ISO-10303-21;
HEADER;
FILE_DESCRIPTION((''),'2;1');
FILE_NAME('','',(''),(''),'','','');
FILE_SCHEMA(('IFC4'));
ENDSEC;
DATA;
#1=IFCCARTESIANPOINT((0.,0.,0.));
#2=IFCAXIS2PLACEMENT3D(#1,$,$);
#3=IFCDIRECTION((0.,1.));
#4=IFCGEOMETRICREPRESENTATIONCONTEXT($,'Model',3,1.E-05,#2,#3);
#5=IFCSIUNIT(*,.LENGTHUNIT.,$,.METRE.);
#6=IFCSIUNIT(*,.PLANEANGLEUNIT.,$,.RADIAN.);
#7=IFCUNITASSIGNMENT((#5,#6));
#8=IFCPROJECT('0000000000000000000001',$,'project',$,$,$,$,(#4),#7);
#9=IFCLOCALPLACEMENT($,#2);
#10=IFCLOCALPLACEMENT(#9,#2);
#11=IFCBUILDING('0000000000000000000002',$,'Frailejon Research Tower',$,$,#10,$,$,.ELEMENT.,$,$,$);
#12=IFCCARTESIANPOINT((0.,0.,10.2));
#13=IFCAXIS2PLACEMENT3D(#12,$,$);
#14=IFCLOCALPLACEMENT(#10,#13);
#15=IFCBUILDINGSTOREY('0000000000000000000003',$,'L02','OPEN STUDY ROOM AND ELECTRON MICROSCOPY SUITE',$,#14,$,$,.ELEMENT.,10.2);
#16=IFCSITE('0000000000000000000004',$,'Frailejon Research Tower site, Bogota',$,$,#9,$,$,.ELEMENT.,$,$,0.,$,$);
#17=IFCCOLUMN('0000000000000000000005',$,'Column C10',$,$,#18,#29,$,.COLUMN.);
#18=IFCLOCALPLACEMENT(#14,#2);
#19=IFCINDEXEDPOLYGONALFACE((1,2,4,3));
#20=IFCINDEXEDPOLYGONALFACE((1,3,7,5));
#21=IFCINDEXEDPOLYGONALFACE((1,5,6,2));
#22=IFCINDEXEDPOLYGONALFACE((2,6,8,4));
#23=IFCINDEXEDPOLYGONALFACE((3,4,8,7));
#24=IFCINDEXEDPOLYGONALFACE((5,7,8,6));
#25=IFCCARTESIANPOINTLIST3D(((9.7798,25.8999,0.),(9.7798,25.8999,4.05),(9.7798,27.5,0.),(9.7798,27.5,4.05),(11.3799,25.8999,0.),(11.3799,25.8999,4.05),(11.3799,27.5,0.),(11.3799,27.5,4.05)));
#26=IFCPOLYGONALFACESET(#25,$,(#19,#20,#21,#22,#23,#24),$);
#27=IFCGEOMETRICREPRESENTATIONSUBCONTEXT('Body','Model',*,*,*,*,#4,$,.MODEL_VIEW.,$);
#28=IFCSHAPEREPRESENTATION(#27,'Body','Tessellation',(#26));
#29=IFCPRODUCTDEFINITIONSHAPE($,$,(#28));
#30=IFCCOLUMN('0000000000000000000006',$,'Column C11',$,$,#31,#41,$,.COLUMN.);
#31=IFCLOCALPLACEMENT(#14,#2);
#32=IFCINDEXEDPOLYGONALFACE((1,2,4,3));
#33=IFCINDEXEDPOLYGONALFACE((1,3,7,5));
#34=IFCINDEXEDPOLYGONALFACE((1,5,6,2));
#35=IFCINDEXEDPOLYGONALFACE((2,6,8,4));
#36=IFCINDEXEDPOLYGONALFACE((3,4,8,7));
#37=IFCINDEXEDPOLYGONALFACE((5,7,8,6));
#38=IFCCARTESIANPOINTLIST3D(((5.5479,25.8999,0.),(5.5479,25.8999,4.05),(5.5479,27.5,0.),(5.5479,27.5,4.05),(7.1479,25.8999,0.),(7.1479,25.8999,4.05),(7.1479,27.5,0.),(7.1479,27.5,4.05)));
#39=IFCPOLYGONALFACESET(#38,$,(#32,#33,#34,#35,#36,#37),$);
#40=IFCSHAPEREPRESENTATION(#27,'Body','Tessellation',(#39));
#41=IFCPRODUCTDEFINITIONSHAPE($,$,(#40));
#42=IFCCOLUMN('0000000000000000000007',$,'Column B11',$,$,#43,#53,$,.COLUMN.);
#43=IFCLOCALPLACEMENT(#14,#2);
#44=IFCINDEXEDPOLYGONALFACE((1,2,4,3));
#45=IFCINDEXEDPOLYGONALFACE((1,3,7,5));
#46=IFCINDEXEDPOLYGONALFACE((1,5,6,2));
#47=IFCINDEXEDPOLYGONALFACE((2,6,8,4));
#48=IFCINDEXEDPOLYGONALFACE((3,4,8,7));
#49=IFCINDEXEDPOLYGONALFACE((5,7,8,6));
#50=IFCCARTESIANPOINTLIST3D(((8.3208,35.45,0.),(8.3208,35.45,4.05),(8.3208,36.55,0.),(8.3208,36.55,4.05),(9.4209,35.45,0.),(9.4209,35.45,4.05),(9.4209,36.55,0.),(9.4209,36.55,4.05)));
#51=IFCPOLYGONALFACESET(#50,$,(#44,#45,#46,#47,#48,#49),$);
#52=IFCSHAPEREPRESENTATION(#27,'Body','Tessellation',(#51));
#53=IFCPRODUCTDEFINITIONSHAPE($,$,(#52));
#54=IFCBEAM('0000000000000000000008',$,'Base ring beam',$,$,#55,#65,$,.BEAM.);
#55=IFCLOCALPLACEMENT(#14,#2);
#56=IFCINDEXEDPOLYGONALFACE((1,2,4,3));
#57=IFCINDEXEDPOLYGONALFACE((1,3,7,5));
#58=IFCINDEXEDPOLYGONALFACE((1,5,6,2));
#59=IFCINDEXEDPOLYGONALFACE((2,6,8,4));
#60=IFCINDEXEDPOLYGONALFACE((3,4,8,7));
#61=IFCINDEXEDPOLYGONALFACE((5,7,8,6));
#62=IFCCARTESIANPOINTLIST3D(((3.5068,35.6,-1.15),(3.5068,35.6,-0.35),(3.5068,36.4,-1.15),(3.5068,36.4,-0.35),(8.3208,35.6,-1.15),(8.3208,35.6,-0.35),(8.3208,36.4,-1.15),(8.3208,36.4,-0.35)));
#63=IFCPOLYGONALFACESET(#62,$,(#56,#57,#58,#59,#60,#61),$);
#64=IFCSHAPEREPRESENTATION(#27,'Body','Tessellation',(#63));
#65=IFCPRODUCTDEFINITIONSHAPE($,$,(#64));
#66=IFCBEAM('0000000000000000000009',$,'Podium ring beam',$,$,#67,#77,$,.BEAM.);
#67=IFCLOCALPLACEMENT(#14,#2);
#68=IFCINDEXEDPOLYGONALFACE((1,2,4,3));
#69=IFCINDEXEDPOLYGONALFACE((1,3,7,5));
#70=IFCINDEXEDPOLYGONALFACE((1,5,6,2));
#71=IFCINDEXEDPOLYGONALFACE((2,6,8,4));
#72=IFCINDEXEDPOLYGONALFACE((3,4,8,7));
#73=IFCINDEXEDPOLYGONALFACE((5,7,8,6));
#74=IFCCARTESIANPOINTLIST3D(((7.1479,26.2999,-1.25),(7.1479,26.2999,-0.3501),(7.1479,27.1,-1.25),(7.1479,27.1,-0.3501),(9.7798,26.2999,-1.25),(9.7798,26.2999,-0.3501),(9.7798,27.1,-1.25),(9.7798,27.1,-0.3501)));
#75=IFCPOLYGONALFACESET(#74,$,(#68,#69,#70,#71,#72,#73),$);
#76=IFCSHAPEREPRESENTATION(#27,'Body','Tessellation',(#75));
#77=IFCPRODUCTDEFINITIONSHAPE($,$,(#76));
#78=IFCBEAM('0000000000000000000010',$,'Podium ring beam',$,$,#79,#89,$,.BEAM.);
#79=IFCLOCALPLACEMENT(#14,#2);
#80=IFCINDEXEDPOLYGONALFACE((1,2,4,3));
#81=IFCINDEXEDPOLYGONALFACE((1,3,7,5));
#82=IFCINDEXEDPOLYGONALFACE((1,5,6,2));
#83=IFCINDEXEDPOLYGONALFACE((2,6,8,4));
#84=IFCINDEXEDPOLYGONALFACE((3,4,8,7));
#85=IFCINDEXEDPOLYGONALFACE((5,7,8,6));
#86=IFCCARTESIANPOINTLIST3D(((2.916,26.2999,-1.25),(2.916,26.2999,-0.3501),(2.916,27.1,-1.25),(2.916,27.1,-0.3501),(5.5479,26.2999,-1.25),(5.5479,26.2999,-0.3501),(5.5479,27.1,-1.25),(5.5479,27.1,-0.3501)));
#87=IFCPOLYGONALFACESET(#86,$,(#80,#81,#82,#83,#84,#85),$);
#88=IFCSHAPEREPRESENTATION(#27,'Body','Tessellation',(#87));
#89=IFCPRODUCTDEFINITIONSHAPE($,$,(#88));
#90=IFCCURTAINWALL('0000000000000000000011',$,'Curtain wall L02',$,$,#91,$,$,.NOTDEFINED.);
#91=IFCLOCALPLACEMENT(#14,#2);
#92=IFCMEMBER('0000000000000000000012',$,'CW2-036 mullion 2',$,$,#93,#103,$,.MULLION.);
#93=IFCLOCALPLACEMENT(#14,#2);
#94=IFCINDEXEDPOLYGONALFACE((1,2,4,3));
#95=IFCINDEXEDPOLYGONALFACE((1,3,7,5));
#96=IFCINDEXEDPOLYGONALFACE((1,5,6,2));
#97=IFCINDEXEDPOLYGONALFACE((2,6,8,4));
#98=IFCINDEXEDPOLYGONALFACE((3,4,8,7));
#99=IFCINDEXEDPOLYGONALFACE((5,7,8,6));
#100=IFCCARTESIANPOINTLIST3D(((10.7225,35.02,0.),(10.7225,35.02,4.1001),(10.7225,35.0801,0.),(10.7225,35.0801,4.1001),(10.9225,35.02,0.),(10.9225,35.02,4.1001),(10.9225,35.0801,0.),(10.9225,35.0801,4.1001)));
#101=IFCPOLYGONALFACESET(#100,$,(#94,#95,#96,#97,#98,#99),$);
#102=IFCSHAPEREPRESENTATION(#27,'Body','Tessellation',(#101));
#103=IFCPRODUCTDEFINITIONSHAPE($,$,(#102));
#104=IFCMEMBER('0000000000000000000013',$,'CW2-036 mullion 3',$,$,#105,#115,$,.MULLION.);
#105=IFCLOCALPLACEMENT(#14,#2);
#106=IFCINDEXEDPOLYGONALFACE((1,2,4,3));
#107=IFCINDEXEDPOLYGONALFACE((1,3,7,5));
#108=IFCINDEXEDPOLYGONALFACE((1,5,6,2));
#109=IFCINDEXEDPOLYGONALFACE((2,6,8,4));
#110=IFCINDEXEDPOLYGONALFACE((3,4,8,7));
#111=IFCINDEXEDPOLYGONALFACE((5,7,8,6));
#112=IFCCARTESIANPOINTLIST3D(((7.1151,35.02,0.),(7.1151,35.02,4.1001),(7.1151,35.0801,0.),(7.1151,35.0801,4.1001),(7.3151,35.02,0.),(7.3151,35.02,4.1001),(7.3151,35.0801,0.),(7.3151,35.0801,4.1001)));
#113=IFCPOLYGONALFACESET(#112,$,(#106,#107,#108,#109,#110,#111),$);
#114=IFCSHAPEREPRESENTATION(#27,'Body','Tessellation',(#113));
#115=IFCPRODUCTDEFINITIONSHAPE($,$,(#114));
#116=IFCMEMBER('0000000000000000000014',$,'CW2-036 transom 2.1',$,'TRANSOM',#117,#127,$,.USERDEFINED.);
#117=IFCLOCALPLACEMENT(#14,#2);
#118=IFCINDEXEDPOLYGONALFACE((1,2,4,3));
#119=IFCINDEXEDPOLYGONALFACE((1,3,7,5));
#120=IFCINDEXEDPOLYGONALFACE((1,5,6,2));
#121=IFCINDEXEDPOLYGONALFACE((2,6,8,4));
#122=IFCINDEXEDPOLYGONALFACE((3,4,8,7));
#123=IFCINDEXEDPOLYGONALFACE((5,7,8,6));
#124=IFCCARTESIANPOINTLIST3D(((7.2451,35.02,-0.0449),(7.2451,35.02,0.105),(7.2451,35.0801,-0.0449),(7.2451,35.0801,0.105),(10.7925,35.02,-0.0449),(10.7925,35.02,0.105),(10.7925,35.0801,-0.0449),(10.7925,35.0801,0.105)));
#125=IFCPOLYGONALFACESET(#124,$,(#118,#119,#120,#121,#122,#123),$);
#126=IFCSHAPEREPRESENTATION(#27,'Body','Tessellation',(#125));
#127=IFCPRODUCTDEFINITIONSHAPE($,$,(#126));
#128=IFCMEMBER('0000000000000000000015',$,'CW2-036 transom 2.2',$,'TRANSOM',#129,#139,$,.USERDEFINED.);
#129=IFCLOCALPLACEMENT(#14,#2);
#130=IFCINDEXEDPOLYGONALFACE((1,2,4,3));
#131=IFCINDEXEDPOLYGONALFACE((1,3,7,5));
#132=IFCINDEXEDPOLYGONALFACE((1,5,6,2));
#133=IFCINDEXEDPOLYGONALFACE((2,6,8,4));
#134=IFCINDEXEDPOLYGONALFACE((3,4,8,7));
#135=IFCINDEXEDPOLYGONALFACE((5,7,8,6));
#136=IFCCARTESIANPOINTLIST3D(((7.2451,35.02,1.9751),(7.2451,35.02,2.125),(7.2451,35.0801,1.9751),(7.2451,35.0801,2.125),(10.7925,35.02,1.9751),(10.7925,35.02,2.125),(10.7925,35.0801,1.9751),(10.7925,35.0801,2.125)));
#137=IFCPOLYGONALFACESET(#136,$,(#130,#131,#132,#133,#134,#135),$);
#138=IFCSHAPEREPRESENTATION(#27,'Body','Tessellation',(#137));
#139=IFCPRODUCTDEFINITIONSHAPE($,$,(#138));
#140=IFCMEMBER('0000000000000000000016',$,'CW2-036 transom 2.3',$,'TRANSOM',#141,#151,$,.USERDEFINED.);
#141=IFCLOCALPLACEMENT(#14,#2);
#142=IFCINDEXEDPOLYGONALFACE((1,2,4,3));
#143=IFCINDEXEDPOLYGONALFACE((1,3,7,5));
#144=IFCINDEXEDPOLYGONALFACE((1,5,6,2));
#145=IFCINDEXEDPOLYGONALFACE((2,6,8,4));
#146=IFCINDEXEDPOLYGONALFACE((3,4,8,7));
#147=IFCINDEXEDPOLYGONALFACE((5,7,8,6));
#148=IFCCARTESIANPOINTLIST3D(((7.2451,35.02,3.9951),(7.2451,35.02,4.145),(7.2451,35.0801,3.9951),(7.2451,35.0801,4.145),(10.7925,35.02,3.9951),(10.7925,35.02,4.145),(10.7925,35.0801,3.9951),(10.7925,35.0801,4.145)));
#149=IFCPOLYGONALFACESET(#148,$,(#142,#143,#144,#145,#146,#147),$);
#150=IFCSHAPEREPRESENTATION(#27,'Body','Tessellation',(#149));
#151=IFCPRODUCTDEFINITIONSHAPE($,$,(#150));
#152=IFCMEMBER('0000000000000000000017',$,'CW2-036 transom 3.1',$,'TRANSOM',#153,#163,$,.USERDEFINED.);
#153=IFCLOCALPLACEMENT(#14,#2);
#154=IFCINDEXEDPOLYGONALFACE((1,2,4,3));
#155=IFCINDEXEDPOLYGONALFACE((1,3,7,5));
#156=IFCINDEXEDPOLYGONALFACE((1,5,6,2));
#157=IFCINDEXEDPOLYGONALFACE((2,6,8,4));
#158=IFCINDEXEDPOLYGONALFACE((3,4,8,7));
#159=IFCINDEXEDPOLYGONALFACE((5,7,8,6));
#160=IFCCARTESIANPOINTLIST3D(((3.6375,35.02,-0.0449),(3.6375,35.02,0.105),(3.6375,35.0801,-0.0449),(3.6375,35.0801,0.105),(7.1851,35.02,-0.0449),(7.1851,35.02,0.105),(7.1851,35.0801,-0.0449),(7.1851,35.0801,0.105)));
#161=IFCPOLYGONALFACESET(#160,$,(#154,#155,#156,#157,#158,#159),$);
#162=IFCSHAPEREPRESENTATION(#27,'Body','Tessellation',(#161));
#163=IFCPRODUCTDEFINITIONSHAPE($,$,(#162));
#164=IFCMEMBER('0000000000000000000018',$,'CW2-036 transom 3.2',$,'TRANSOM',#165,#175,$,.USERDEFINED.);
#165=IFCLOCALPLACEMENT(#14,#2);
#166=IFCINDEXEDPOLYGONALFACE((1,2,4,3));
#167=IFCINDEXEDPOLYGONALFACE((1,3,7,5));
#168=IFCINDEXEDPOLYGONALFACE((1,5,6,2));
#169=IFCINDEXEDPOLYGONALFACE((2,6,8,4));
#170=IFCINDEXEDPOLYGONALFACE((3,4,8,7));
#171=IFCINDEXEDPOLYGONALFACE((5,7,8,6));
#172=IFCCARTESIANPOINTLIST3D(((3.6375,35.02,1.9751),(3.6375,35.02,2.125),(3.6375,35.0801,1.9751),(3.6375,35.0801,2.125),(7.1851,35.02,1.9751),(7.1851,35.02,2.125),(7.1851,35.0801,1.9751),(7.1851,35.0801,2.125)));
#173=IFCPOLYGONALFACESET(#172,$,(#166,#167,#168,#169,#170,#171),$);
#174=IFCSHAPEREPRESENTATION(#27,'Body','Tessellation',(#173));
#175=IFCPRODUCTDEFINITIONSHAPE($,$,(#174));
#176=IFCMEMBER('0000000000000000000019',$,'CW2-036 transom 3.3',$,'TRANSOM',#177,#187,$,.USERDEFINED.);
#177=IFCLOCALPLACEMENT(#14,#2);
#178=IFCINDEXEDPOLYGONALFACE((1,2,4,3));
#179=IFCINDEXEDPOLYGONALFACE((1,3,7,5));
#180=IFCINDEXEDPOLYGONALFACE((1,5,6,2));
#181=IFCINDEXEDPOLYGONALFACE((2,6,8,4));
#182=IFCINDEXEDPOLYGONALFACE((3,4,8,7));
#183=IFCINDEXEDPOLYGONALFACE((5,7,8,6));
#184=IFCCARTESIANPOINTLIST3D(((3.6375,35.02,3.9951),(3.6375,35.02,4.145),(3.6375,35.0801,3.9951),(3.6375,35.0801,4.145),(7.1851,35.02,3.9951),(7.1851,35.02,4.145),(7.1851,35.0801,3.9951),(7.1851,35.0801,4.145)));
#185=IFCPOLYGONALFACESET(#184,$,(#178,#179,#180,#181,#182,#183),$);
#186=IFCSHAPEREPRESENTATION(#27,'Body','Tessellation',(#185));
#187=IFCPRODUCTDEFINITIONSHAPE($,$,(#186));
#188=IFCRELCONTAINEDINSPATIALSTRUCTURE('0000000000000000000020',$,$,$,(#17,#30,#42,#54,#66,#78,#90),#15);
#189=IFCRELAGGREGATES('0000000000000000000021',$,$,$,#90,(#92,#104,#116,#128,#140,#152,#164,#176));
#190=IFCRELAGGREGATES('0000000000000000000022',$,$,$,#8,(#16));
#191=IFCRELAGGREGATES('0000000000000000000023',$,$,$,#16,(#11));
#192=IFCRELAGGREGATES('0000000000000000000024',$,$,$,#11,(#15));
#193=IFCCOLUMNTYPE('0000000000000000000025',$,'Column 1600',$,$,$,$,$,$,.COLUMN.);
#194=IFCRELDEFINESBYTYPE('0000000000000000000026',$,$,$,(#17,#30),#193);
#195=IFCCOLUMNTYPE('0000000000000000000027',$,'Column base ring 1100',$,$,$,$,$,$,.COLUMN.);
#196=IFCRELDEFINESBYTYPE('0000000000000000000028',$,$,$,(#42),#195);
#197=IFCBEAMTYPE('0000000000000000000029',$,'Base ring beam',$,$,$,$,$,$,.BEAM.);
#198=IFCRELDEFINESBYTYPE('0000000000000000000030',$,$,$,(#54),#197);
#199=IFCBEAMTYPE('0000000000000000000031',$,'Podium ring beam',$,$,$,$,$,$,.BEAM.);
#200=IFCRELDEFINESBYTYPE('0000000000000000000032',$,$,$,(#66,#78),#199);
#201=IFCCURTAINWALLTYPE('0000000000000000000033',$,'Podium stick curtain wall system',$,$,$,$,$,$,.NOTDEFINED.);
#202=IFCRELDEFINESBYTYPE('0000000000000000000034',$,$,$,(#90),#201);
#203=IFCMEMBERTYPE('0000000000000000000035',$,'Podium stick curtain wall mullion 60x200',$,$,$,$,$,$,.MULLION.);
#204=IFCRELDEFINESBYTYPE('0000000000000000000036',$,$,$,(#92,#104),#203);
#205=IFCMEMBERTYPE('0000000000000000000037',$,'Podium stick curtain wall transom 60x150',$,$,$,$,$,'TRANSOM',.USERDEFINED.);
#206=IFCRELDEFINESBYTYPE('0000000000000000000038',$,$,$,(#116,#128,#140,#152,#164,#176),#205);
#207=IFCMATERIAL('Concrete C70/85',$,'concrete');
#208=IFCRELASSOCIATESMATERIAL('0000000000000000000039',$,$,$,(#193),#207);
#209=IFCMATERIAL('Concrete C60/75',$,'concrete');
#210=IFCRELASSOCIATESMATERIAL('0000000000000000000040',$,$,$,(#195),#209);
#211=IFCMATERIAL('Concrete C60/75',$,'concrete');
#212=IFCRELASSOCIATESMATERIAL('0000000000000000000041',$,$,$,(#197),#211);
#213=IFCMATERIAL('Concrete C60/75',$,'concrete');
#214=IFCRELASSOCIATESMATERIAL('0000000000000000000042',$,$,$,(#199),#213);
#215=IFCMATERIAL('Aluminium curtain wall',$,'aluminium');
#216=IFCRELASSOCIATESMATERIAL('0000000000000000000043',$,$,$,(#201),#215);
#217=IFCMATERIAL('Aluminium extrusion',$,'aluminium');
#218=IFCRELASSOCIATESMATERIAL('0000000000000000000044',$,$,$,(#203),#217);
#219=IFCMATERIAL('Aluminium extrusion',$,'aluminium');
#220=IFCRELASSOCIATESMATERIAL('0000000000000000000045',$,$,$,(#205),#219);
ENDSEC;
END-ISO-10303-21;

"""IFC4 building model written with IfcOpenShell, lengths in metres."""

from ifc_helpers import new_model, si_unit, direction, frame, origin, origin_2d, place, context, subcontext, project, spatial, rectangle, extrude, material, material_profile, profile_set, type_object, element, aggregate, save


model = new_model("IFC4")

# Units and contexts
model_context = context("Model", 3, precision=1e-05, world=origin(), true_north=direction((0.0, 1.0)))
body_context = subcontext(model_context, "Body", "Model", "MODEL_VIEW")
ifc_project = project(units=[si_unit("LENGTHUNIT", "METRE"), si_unit("PLANEANGLEUNIT", "RADIAN")], contexts=[model_context])

# Site, building, storey
site_placement = place(None, origin())
site = spatial("IfcSite", under=ifc_project, at=site_placement, Name="Frailejon Research Tower site, Bogota", CompositionType="ELEMENT", RefElevation=0.0)
building_placement = place(site_placement, origin())
building = spatial("IfcBuilding", under=site, at=building_placement, Name="Frailejon Research Tower", CompositionType="ELEMENT")
storey_placement = place(building_placement, frame((0.0, 0.0, 10.2)))
storey = spatial("IfcBuildingStorey", under=building, at=storey_placement, Name="L02", Description="OPEN STUDY ROOM AND ELECTRON MICROSCOPY SUITE", CompositionType="ELEMENT", Elevation=10.2)

# Columns
ifc_material_1 = material(Name="Concrete C70/85", Category="concrete")
ifc_material_profile_1 = material_profile(ifc_material_1, rectangle(XDim=1.6001, YDim=1.6001, at=origin_2d()), Name="Column 1600")
ifc_profile_set_1 = profile_set([ifc_material_profile_1], Name="Concrete C70/85")
column_type_1 = type_object("IfcColumnType", Name="Column 1600", PredefinedType="COLUMN", material=ifc_profile_set_1)
for number, where, z_axis, x_axis, name in (
    (1, (10.5798, 26.7, 0.0), (0.0, 0.0, 1.0), (-1.0, 0.0, 0.0), "Column C10"),
    (2, (6.3479, 26.7, 0.0), (0.0, 0.0, 1.0), (-1.0, 0.0, 0.0), "Column C11"),
):
    element("IfcColumn", number, at=place(storey_placement, frame(where, z_axis=z_axis, x_axis=x_axis)), inside=storey, type_object=column_type_1, Name=name, PredefinedType="COLUMN", context=body_context, shape_type="SweptSolid", body=[
        extrude(rectangle(XDim=1.6001, YDim=1.6001, at=origin_2d()), origin(), (0.0, 0.0, 1.0), 4.05),
    ])
ifc_material_2 = material(Name="Concrete C60/75", Category="concrete")
ifc_material_profile_2 = material_profile(ifc_material_2, rectangle(XDim=1.1001, YDim=1.1001, at=origin_2d()), Name="Column base ring 1100")
ifc_profile_set_2 = profile_set([ifc_material_profile_2], Name="Concrete C60/75")
column_type_2 = type_object("IfcColumnType", Name="Column base ring 1100", PredefinedType="COLUMN", material=ifc_profile_set_2)
column_placement = place(storey_placement, frame((8.8708, 36.0, 0.0), z_axis=(0.0, 0.0, 1.0), x_axis=(-1.0, 0.0, 0.0)))
element("IfcColumn", 3, at=column_placement, inside=storey, type_object=column_type_2, Name="Column B11", PredefinedType="COLUMN", context=body_context, shape_type="SweptSolid", body=[
    extrude(rectangle(XDim=1.1001, YDim=1.1001, at=origin_2d()), origin(), (0.0, 0.0, 1.0), 4.05),
])

# Beams
ifc_material_3 = material(Name="Concrete C60/75", Category="concrete")
ifc_material_profile_3 = material_profile(ifc_material_3, rectangle(XDim=0.8, YDim=0.8, at=origin_2d()), Name="Base ring beam")
ifc_profile_set_3 = profile_set([ifc_material_profile_3], Name="Concrete C60/75")
beam_type_1 = type_object("IfcBeamType", Name="Base ring beam", PredefinedType="BEAM", material=ifc_profile_set_3)
beam_placement = place(storey_placement, frame((8.3208, 36.0, -0.75), z_axis=(-1.0, 0.0, 0.0), x_axis=(0.0, -1.0, 0.0)))
element("IfcBeam", 4, at=beam_placement, inside=storey, type_object=beam_type_1, Name="Base ring beam", PredefinedType="BEAM", context=body_context, shape_type="SweptSolid", body=[
    extrude(rectangle(XDim=0.8, YDim=0.8, at=origin_2d()), origin(), (0.0, 0.0, 1.0), 4.814),
])
ifc_material_4 = material(Name="Concrete C60/75", Category="concrete")
ifc_material_profile_4 = material_profile(ifc_material_4, rectangle(XDim=0.8, YDim=0.8999, at=origin_2d()), Name="Podium ring beam")
ifc_profile_set_4 = profile_set([ifc_material_profile_4], Name="Concrete C60/75")
beam_type_2 = type_object("IfcBeamType", Name="Podium ring beam", PredefinedType="BEAM", material=ifc_profile_set_4)
for number, where, z_axis, x_axis, name in (
    (5, (9.7798, 26.7, -0.8), (-1.0, 0.0, 0.0), (0.0, -1.0, 0.0), "Podium ring beam"),
    (6, (5.5479, 26.7, -0.8), (-1.0, 0.0, 0.0), (0.0, -1.0, 0.0), "Podium ring beam"),
):
    element("IfcBeam", number, at=place(storey_placement, frame(where, z_axis=z_axis, x_axis=x_axis)), inside=storey, type_object=beam_type_2, Name=name, PredefinedType="BEAM", context=body_context, shape_type="SweptSolid", body=[
        extrude(rectangle(XDim=0.8, YDim=0.8999, at=origin_2d()), origin(), (0.0, 0.0, 1.0), 2.6318),
    ])

# Curtain wall, members
ifc_material_5 = material(Name="Aluminium curtain wall", Category="aluminium")
curtain_wall_type = type_object("IfcCurtainWallType", Name="Podium stick curtain wall system", PredefinedType="NOTDEFINED", material=ifc_material_5)
curtain_wall_placement = place(storey_placement, origin())
curtain_wall = element("IfcCurtainWall", 7, at=curtain_wall_placement, inside=storey, type_object=curtain_wall_type, Name="Curtain wall L02", PredefinedType="NOTDEFINED")
ifc_material_6 = material(Name="Aluminium extrusion", Category="aluminium")
ifc_material_profile_5 = material_profile(ifc_material_6, rectangle(XDim=0.0601, YDim=0.2, at=origin_2d()), Name="Podium stick curtain wall mullion 60x200")
ifc_profile_set_5 = profile_set([ifc_material_profile_5], Name="Aluminium extrusion")
member_type_1 = type_object("IfcMemberType", Name="Podium stick curtain wall mullion 60x200", PredefinedType="MULLION", material=ifc_profile_set_5)
member_1_placement = place(storey_placement, frame((10.8225, 35.05, 0.0), z_axis=(0.0, 0.0, 1.0), x_axis=(0.0, -1.0, 0.0)))
member_1 = element("IfcMember", 8, at=member_1_placement, type_object=member_type_1, Name="CW2-036 mullion 2", PredefinedType="MULLION", context=body_context, shape_type="SweptSolid", body=[
    extrude(rectangle(XDim=0.0601, YDim=0.2, at=origin_2d()), origin(), (0.0, 0.0, 1.0), 4.1001),
])
member_2_placement = place(storey_placement, frame((7.2151, 35.05, 0.0), z_axis=(0.0, 0.0, 1.0), x_axis=(0.0, -1.0, 0.0)))
member_2 = element("IfcMember", 9, at=member_2_placement, type_object=member_type_1, Name="CW2-036 mullion 3", PredefinedType="MULLION", context=body_context, shape_type="SweptSolid", body=[
    extrude(rectangle(XDim=0.0601, YDim=0.2, at=origin_2d()), origin(), (0.0, 0.0, 1.0), 4.1001),
])
ifc_material_7 = material(Name="Aluminium extrusion", Category="aluminium")
ifc_material_profile_6 = material_profile(ifc_material_7, rectangle(XDim=0.0601, YDim=0.1499, at=origin_2d()), Name="Podium stick curtain wall transom 60x150")
ifc_profile_set_6 = profile_set([ifc_material_profile_6], Name="Aluminium extrusion")
member_type_2 = type_object("IfcMemberType", Name="Podium stick curtain wall transom 60x150", ElementType="TRANSOM", PredefinedType="USERDEFINED", material=ifc_profile_set_6)
member_3_placement = place(storey_placement, frame((10.7925, 35.05, 0.03), z_axis=(-1.0, 0.0, 0.0), x_axis=(0.0, -1.0, 0.0)))
member_3 = element("IfcMember", 10, at=member_3_placement, type_object=member_type_2, Name="CW2-036 transom 2.1", ObjectType="TRANSOM", PredefinedType="USERDEFINED", context=body_context, shape_type="SweptSolid", body=[
    extrude(rectangle(XDim=0.0601, YDim=0.1499, at=origin_2d()), origin(), (0.0, 0.0, 1.0), 3.5474),
])
member_4_placement = place(storey_placement, frame((10.7925, 35.05, 2.05), z_axis=(-1.0, 0.0, 0.0), x_axis=(0.0, -1.0, 0.0)))
member_4 = element("IfcMember", 11, at=member_4_placement, type_object=member_type_2, Name="CW2-036 transom 2.2", ObjectType="TRANSOM", PredefinedType="USERDEFINED", context=body_context, shape_type="SweptSolid", body=[
    extrude(rectangle(XDim=0.0601, YDim=0.1499, at=origin_2d()), origin(), (0.0, 0.0, 1.0), 3.5474),
])
member_5_placement = place(storey_placement, frame((10.7925, 35.05, 4.0701), z_axis=(-1.0, 0.0, 0.0), x_axis=(0.0, -1.0, 0.0)))
member_5 = element("IfcMember", 12, at=member_5_placement, type_object=member_type_2, Name="CW2-036 transom 2.3", ObjectType="TRANSOM", PredefinedType="USERDEFINED", context=body_context, shape_type="SweptSolid", body=[
    extrude(rectangle(XDim=0.0601, YDim=0.1499, at=origin_2d()), origin(), (0.0, 0.0, 1.0), 3.5474),
])
member_6_placement = place(storey_placement, frame((7.1851, 35.05, 0.03), z_axis=(-1.0, 0.0, 0.0), x_axis=(0.0, -1.0, 0.0)))
member_6 = element("IfcMember", 13, at=member_6_placement, type_object=member_type_2, Name="CW2-036 transom 3.1", ObjectType="TRANSOM", PredefinedType="USERDEFINED", context=body_context, shape_type="SweptSolid", body=[
    extrude(rectangle(XDim=0.0601, YDim=0.1499, at=origin_2d()), origin(), (0.0, 0.0, 1.0), 3.5476),
])
member_7_placement = place(storey_placement, frame((7.1851, 35.05, 2.05), z_axis=(-1.0, 0.0, 0.0), x_axis=(0.0, -1.0, 0.0)))
member_7 = element("IfcMember", 14, at=member_7_placement, type_object=member_type_2, Name="CW2-036 transom 3.2", ObjectType="TRANSOM", PredefinedType="USERDEFINED", context=body_context, shape_type="SweptSolid", body=[
    extrude(rectangle(XDim=0.0601, YDim=0.1499, at=origin_2d()), origin(), (0.0, 0.0, 1.0), 3.5476),
])
member_8_placement = place(storey_placement, frame((7.1851, 35.05, 4.0701), z_axis=(-1.0, 0.0, 0.0), x_axis=(0.0, -1.0, 0.0)))
member_8 = element("IfcMember", 15, at=member_8_placement, type_object=member_type_2, Name="CW2-036 transom 3.3", ObjectType="TRANSOM", PredefinedType="USERDEFINED", context=body_context, shape_type="SweptSolid", body=[
    extrude(rectangle(XDim=0.0601, YDim=0.1499, at=origin_2d()), origin(), (0.0, 0.0, 1.0), 3.5476),
])
aggregate(curtain_wall, [member_1, member_2, member_3, member_4, member_5, member_6, member_7, member_8])

save(model, "model.ifc")
